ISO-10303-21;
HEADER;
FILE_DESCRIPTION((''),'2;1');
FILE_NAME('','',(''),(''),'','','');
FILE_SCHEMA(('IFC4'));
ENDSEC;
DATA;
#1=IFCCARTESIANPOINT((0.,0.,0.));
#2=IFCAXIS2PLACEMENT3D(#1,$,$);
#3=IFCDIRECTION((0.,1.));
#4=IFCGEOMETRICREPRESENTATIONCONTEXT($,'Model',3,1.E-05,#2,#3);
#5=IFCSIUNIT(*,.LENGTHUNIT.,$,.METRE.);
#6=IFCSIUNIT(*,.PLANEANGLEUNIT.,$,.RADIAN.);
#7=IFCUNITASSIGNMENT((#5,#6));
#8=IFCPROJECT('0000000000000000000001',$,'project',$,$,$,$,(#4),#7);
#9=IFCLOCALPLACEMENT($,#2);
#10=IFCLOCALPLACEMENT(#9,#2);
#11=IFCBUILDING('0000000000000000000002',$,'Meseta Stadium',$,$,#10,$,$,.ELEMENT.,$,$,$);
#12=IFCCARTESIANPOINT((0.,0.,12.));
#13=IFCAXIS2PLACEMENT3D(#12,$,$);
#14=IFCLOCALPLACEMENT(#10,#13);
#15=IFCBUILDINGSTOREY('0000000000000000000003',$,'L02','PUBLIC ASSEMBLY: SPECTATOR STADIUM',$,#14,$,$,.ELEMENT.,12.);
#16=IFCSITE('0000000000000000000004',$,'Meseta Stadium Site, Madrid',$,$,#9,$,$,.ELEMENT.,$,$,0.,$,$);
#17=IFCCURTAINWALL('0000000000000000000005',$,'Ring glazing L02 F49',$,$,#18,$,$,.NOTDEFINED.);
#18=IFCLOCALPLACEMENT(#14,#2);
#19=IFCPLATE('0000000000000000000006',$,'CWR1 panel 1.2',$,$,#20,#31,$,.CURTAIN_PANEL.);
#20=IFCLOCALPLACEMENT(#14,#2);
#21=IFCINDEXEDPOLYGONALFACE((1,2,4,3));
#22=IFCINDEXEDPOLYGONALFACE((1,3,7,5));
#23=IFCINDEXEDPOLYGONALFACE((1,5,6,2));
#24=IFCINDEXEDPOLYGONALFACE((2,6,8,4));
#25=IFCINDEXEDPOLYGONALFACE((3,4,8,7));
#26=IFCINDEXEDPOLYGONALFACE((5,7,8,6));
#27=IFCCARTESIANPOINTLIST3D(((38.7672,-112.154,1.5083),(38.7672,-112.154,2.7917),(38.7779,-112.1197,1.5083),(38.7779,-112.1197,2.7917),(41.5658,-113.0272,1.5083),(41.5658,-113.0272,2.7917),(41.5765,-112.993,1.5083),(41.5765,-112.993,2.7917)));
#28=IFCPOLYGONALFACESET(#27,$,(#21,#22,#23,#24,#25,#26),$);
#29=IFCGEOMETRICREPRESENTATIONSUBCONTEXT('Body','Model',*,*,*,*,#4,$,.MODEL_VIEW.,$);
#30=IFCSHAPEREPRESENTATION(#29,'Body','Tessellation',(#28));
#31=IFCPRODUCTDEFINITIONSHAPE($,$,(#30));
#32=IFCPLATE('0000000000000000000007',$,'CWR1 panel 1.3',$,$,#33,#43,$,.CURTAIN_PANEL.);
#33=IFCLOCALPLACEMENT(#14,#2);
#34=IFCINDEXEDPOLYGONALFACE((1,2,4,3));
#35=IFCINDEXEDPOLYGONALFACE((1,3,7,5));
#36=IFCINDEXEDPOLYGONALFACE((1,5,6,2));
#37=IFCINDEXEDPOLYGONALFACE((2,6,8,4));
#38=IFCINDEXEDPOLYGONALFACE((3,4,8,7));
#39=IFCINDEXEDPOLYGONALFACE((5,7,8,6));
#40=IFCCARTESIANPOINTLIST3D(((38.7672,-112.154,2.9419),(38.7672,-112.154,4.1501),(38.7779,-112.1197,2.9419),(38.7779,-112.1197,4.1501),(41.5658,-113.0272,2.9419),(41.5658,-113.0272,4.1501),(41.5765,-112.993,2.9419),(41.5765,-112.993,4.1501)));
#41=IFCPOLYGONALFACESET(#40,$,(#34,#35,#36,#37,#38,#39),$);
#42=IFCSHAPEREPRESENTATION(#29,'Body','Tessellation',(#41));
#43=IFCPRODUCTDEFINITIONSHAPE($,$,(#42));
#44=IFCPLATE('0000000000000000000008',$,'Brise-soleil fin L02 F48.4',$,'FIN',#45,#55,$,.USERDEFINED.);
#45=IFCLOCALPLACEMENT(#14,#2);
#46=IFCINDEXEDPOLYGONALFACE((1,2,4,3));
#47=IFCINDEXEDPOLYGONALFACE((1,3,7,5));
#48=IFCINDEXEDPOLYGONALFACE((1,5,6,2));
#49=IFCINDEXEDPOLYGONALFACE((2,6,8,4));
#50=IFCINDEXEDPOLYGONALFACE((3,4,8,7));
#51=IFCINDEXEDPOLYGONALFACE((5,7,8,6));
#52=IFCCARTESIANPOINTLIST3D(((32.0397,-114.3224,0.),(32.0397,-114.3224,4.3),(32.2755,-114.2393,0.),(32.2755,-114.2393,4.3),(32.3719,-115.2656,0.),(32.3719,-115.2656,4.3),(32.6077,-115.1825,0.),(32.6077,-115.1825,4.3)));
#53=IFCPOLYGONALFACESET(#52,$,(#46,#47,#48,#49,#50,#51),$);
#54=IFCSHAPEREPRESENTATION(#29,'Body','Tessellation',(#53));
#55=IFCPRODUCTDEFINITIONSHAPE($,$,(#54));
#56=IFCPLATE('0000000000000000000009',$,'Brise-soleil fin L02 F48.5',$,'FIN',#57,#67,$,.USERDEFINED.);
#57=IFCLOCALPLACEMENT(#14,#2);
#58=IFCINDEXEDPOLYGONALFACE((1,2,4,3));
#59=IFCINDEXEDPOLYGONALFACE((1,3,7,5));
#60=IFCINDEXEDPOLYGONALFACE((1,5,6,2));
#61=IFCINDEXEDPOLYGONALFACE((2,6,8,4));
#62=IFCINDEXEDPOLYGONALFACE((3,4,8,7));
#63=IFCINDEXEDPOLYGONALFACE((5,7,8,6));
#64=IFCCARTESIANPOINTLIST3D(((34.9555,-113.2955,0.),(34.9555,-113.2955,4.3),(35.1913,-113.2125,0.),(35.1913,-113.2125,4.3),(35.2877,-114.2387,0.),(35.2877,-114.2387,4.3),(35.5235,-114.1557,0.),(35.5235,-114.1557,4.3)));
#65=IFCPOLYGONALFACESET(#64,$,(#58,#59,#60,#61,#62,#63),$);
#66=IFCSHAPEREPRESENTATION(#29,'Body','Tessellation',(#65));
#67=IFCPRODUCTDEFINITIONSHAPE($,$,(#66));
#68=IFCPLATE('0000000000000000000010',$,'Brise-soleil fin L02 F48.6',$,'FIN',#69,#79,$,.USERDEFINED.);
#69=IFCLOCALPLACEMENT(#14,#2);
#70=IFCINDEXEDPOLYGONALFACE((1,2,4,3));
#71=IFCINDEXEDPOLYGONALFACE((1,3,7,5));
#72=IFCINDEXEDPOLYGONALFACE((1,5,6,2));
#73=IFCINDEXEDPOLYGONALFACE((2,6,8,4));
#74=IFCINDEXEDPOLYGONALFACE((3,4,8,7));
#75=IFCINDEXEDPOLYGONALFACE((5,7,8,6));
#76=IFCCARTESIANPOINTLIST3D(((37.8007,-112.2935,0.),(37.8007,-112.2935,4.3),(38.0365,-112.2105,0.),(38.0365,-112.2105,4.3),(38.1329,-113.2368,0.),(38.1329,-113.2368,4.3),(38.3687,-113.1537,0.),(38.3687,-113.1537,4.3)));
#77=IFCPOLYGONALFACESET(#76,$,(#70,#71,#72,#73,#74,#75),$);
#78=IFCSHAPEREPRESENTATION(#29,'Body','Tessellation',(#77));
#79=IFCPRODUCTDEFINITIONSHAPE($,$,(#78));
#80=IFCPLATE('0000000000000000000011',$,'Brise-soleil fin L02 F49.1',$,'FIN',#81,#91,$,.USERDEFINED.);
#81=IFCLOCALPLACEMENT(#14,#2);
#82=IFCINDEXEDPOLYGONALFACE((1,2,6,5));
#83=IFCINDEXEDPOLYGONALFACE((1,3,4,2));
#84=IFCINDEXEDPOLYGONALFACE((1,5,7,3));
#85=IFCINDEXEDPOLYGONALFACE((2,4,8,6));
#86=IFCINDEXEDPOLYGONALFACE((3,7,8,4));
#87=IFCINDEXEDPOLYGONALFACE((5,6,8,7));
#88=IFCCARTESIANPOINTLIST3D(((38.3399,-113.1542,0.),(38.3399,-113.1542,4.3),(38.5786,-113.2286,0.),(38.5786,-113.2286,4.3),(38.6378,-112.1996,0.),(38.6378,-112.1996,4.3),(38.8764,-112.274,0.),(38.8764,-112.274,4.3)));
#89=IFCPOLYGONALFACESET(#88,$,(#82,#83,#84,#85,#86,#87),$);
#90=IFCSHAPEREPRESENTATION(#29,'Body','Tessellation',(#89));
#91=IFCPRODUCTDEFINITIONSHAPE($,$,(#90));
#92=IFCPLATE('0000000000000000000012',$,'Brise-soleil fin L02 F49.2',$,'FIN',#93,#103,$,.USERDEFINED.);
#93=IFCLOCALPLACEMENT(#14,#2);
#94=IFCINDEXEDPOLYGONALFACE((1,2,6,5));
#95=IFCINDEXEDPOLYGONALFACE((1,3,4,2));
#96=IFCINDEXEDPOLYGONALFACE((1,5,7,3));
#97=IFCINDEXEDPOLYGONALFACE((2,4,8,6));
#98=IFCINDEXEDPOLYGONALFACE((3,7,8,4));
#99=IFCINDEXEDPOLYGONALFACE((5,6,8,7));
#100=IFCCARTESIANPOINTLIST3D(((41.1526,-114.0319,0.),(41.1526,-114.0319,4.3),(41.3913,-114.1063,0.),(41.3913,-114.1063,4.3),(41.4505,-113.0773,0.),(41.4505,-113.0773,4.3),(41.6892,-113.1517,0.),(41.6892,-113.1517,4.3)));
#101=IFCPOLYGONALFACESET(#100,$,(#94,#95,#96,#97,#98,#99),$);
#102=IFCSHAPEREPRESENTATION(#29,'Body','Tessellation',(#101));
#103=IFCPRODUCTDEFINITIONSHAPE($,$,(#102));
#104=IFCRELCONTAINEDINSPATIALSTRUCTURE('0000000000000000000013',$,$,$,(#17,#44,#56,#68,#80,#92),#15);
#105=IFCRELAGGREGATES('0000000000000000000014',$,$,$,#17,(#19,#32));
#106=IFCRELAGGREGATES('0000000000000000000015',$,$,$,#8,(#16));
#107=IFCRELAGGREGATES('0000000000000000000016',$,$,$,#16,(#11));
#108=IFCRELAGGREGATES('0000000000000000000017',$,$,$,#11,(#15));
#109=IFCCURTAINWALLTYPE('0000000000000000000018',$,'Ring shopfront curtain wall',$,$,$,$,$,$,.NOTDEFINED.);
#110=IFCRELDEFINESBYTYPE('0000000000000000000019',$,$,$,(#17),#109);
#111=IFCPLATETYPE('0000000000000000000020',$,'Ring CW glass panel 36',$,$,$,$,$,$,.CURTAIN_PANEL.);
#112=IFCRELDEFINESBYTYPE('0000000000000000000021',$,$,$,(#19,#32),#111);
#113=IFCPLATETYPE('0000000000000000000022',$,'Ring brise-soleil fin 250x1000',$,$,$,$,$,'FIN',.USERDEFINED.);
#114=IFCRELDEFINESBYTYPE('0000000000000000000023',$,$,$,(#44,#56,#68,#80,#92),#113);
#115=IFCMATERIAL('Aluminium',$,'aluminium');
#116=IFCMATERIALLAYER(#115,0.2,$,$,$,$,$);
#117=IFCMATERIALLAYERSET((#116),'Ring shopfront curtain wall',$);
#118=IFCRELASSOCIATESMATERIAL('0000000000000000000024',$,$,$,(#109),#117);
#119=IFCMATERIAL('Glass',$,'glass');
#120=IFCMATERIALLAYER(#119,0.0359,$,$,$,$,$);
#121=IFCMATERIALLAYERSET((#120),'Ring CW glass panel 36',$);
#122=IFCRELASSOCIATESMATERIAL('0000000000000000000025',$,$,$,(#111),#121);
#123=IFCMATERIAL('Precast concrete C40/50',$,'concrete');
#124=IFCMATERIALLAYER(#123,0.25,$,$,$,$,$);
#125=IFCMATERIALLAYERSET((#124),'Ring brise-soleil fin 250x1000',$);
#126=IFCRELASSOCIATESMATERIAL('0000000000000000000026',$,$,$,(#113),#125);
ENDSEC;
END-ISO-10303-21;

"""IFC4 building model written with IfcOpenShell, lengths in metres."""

from ifc_helpers import new_model, si_unit, direction, frame, origin, origin_2d, place, context, subcontext, project, spatial, rectangle, extrude, material, layer, layer_set, type_object, element, aggregate, save


model = new_model("IFC4")

# Units and contexts
model_context = context("Model", 3, precision=1e-05, world=origin(), true_north=direction((0.0, 1.0)))
body_context = subcontext(model_context, "Body", "Model", "MODEL_VIEW")
ifc_project = project(units=[si_unit("LENGTHUNIT", "METRE"), si_unit("PLANEANGLEUNIT", "RADIAN")], contexts=[model_context])

# Site, building, storey
site_placement = place(None, origin())
site = spatial("IfcSite", under=ifc_project, at=site_placement, Name="Meseta Stadium Site, Madrid", CompositionType="ELEMENT", RefElevation=0.0)
building_placement = place(site_placement, origin())
building = spatial("IfcBuilding", under=site, at=building_placement, Name="Meseta Stadium", CompositionType="ELEMENT")
storey_placement = place(building_placement, frame((0.0, 0.0, 12.0)))
storey = spatial("IfcBuildingStorey", under=building, at=storey_placement, Name="L02", Description="PUBLIC ASSEMBLY: SPECTATOR STADIUM", CompositionType="ELEMENT", Elevation=12.0)

# Curtain wall
ifc_material_1 = material(Name="Aluminium", Category="aluminium")
ifc_layer_1 = layer(ifc_material_1, 0.2)
ifc_layer_set_1 = layer_set([ifc_layer_1], Name="Ring shopfront curtain wall")
curtain_wall_type = type_object("IfcCurtainWallType", Name="Ring shopfront curtain wall", PredefinedType="NOTDEFINED", material=ifc_layer_set_1)
curtain_wall_1_placement = place(storey_placement, origin())
curtain_wall_1 = element("IfcCurtainWall", 1, at=curtain_wall_1_placement, inside=storey, type_object=curtain_wall_type, Name="Ring glazing L02 F49", PredefinedType="NOTDEFINED")

# Plates
ifc_material_2 = material(Name="Glass", Category="glass")
ifc_layer_2 = layer(ifc_material_2, 0.0359)
ifc_layer_set_2 = layer_set([ifc_layer_2], Name="Ring CW glass panel 36")
plate_type_1 = type_object("IfcPlateType", Name="Ring CW glass panel 36", PredefinedType="CURTAIN_PANEL", material=ifc_layer_set_2)
plate_1_placement = place(storey_placement, frame((40.1719, -112.5735, 1.5083), z_axis=(0.0, 0.0, 1.0), x_axis=(0.954609, -0.297861, 0.0)))
plate_1 = element("IfcPlate", 2, at=plate_1_placement, type_object=plate_type_1, Name="CWR1 panel 1.2", PredefinedType="CURTAIN_PANEL", context=body_context, shape_type="SweptSolid", body=[
    extrude(rectangle(XDim=2.9316, YDim=0.0359, at=origin_2d()), origin(), (0.0, 0.0, 1.0), 1.2834),
])
plate_2_placement = place(storey_placement, frame((40.1719, -112.5735, 2.9419), z_axis=(0.0, 0.0, 1.0), x_axis=(0.954609, -0.297861, 0.0)))
plate_2 = element("IfcPlate", 3, at=plate_2_placement, type_object=plate_type_1, Name="CWR1 panel 1.3", PredefinedType="CURTAIN_PANEL", context=body_context, shape_type="SweptSolid", body=[
    extrude(rectangle(XDim=2.9316, YDim=0.0359, at=origin_2d()), origin(), (0.0, 0.0, 1.0), 1.2083),
])
aggregate(curtain_wall_1, [plate_1, plate_2])

# Plates
ifc_material_3 = material(Name="Precast concrete C40/50", Category="concrete")
ifc_layer_3 = layer(ifc_material_3, 0.25)
ifc_layer_set_3 = layer_set([ifc_layer_3], Name="Ring brise-soleil fin 250x1000")
plate_type_2 = type_object("IfcPlateType", Name="Ring brise-soleil fin 250x1000", ElementType="FIN", PredefinedType="USERDEFINED", material=ifc_layer_set_3)
for number, where, z_axis, x_axis, name in (
    (4, (32.3237, -114.7524, 0.0), (0.0, 0.0, 1.0), (0.943217, 0.332176, 0.0), "Brise-soleil fin L02 F48.4"),
    (5, (35.2395, -113.7256, 0.0), (0.0, 0.0, 1.0), (0.943217, 0.332176, 0.0), "Brise-soleil fin L02 F48.5"),
    (6, (38.0847, -112.7236, 0.0), (0.0, 0.0, 1.0), (0.943217, 0.332176, 0.0), "Brise-soleil fin L02 F48.6"),
    (7, (38.6082, -112.7141, 0.0), (0.0, 0.0, 1.0), (0.954611, -0.297856, 0.0), "Brise-soleil fin L02 F49.1"),
    (8, (41.4209, -113.5918, 0.0), (0.0, 0.0, 1.0), (0.954611, -0.297856, 0.0), "Brise-soleil fin L02 F49.2"),
):
    element("IfcPlate", number, at=place(storey_placement, frame(where, z_axis=z_axis, x_axis=x_axis)), inside=storey, type_object=plate_type_2, Name=name, ObjectType="FIN", PredefinedType="USERDEFINED", context=body_context, shape_type="SweptSolid", body=[
        extrude(rectangle(XDim=0.25, YDim=1.0, at=origin_2d()), origin(), (0.0, 0.0, 1.0), 4.3),
    ])

save(model, "model.ifc")
